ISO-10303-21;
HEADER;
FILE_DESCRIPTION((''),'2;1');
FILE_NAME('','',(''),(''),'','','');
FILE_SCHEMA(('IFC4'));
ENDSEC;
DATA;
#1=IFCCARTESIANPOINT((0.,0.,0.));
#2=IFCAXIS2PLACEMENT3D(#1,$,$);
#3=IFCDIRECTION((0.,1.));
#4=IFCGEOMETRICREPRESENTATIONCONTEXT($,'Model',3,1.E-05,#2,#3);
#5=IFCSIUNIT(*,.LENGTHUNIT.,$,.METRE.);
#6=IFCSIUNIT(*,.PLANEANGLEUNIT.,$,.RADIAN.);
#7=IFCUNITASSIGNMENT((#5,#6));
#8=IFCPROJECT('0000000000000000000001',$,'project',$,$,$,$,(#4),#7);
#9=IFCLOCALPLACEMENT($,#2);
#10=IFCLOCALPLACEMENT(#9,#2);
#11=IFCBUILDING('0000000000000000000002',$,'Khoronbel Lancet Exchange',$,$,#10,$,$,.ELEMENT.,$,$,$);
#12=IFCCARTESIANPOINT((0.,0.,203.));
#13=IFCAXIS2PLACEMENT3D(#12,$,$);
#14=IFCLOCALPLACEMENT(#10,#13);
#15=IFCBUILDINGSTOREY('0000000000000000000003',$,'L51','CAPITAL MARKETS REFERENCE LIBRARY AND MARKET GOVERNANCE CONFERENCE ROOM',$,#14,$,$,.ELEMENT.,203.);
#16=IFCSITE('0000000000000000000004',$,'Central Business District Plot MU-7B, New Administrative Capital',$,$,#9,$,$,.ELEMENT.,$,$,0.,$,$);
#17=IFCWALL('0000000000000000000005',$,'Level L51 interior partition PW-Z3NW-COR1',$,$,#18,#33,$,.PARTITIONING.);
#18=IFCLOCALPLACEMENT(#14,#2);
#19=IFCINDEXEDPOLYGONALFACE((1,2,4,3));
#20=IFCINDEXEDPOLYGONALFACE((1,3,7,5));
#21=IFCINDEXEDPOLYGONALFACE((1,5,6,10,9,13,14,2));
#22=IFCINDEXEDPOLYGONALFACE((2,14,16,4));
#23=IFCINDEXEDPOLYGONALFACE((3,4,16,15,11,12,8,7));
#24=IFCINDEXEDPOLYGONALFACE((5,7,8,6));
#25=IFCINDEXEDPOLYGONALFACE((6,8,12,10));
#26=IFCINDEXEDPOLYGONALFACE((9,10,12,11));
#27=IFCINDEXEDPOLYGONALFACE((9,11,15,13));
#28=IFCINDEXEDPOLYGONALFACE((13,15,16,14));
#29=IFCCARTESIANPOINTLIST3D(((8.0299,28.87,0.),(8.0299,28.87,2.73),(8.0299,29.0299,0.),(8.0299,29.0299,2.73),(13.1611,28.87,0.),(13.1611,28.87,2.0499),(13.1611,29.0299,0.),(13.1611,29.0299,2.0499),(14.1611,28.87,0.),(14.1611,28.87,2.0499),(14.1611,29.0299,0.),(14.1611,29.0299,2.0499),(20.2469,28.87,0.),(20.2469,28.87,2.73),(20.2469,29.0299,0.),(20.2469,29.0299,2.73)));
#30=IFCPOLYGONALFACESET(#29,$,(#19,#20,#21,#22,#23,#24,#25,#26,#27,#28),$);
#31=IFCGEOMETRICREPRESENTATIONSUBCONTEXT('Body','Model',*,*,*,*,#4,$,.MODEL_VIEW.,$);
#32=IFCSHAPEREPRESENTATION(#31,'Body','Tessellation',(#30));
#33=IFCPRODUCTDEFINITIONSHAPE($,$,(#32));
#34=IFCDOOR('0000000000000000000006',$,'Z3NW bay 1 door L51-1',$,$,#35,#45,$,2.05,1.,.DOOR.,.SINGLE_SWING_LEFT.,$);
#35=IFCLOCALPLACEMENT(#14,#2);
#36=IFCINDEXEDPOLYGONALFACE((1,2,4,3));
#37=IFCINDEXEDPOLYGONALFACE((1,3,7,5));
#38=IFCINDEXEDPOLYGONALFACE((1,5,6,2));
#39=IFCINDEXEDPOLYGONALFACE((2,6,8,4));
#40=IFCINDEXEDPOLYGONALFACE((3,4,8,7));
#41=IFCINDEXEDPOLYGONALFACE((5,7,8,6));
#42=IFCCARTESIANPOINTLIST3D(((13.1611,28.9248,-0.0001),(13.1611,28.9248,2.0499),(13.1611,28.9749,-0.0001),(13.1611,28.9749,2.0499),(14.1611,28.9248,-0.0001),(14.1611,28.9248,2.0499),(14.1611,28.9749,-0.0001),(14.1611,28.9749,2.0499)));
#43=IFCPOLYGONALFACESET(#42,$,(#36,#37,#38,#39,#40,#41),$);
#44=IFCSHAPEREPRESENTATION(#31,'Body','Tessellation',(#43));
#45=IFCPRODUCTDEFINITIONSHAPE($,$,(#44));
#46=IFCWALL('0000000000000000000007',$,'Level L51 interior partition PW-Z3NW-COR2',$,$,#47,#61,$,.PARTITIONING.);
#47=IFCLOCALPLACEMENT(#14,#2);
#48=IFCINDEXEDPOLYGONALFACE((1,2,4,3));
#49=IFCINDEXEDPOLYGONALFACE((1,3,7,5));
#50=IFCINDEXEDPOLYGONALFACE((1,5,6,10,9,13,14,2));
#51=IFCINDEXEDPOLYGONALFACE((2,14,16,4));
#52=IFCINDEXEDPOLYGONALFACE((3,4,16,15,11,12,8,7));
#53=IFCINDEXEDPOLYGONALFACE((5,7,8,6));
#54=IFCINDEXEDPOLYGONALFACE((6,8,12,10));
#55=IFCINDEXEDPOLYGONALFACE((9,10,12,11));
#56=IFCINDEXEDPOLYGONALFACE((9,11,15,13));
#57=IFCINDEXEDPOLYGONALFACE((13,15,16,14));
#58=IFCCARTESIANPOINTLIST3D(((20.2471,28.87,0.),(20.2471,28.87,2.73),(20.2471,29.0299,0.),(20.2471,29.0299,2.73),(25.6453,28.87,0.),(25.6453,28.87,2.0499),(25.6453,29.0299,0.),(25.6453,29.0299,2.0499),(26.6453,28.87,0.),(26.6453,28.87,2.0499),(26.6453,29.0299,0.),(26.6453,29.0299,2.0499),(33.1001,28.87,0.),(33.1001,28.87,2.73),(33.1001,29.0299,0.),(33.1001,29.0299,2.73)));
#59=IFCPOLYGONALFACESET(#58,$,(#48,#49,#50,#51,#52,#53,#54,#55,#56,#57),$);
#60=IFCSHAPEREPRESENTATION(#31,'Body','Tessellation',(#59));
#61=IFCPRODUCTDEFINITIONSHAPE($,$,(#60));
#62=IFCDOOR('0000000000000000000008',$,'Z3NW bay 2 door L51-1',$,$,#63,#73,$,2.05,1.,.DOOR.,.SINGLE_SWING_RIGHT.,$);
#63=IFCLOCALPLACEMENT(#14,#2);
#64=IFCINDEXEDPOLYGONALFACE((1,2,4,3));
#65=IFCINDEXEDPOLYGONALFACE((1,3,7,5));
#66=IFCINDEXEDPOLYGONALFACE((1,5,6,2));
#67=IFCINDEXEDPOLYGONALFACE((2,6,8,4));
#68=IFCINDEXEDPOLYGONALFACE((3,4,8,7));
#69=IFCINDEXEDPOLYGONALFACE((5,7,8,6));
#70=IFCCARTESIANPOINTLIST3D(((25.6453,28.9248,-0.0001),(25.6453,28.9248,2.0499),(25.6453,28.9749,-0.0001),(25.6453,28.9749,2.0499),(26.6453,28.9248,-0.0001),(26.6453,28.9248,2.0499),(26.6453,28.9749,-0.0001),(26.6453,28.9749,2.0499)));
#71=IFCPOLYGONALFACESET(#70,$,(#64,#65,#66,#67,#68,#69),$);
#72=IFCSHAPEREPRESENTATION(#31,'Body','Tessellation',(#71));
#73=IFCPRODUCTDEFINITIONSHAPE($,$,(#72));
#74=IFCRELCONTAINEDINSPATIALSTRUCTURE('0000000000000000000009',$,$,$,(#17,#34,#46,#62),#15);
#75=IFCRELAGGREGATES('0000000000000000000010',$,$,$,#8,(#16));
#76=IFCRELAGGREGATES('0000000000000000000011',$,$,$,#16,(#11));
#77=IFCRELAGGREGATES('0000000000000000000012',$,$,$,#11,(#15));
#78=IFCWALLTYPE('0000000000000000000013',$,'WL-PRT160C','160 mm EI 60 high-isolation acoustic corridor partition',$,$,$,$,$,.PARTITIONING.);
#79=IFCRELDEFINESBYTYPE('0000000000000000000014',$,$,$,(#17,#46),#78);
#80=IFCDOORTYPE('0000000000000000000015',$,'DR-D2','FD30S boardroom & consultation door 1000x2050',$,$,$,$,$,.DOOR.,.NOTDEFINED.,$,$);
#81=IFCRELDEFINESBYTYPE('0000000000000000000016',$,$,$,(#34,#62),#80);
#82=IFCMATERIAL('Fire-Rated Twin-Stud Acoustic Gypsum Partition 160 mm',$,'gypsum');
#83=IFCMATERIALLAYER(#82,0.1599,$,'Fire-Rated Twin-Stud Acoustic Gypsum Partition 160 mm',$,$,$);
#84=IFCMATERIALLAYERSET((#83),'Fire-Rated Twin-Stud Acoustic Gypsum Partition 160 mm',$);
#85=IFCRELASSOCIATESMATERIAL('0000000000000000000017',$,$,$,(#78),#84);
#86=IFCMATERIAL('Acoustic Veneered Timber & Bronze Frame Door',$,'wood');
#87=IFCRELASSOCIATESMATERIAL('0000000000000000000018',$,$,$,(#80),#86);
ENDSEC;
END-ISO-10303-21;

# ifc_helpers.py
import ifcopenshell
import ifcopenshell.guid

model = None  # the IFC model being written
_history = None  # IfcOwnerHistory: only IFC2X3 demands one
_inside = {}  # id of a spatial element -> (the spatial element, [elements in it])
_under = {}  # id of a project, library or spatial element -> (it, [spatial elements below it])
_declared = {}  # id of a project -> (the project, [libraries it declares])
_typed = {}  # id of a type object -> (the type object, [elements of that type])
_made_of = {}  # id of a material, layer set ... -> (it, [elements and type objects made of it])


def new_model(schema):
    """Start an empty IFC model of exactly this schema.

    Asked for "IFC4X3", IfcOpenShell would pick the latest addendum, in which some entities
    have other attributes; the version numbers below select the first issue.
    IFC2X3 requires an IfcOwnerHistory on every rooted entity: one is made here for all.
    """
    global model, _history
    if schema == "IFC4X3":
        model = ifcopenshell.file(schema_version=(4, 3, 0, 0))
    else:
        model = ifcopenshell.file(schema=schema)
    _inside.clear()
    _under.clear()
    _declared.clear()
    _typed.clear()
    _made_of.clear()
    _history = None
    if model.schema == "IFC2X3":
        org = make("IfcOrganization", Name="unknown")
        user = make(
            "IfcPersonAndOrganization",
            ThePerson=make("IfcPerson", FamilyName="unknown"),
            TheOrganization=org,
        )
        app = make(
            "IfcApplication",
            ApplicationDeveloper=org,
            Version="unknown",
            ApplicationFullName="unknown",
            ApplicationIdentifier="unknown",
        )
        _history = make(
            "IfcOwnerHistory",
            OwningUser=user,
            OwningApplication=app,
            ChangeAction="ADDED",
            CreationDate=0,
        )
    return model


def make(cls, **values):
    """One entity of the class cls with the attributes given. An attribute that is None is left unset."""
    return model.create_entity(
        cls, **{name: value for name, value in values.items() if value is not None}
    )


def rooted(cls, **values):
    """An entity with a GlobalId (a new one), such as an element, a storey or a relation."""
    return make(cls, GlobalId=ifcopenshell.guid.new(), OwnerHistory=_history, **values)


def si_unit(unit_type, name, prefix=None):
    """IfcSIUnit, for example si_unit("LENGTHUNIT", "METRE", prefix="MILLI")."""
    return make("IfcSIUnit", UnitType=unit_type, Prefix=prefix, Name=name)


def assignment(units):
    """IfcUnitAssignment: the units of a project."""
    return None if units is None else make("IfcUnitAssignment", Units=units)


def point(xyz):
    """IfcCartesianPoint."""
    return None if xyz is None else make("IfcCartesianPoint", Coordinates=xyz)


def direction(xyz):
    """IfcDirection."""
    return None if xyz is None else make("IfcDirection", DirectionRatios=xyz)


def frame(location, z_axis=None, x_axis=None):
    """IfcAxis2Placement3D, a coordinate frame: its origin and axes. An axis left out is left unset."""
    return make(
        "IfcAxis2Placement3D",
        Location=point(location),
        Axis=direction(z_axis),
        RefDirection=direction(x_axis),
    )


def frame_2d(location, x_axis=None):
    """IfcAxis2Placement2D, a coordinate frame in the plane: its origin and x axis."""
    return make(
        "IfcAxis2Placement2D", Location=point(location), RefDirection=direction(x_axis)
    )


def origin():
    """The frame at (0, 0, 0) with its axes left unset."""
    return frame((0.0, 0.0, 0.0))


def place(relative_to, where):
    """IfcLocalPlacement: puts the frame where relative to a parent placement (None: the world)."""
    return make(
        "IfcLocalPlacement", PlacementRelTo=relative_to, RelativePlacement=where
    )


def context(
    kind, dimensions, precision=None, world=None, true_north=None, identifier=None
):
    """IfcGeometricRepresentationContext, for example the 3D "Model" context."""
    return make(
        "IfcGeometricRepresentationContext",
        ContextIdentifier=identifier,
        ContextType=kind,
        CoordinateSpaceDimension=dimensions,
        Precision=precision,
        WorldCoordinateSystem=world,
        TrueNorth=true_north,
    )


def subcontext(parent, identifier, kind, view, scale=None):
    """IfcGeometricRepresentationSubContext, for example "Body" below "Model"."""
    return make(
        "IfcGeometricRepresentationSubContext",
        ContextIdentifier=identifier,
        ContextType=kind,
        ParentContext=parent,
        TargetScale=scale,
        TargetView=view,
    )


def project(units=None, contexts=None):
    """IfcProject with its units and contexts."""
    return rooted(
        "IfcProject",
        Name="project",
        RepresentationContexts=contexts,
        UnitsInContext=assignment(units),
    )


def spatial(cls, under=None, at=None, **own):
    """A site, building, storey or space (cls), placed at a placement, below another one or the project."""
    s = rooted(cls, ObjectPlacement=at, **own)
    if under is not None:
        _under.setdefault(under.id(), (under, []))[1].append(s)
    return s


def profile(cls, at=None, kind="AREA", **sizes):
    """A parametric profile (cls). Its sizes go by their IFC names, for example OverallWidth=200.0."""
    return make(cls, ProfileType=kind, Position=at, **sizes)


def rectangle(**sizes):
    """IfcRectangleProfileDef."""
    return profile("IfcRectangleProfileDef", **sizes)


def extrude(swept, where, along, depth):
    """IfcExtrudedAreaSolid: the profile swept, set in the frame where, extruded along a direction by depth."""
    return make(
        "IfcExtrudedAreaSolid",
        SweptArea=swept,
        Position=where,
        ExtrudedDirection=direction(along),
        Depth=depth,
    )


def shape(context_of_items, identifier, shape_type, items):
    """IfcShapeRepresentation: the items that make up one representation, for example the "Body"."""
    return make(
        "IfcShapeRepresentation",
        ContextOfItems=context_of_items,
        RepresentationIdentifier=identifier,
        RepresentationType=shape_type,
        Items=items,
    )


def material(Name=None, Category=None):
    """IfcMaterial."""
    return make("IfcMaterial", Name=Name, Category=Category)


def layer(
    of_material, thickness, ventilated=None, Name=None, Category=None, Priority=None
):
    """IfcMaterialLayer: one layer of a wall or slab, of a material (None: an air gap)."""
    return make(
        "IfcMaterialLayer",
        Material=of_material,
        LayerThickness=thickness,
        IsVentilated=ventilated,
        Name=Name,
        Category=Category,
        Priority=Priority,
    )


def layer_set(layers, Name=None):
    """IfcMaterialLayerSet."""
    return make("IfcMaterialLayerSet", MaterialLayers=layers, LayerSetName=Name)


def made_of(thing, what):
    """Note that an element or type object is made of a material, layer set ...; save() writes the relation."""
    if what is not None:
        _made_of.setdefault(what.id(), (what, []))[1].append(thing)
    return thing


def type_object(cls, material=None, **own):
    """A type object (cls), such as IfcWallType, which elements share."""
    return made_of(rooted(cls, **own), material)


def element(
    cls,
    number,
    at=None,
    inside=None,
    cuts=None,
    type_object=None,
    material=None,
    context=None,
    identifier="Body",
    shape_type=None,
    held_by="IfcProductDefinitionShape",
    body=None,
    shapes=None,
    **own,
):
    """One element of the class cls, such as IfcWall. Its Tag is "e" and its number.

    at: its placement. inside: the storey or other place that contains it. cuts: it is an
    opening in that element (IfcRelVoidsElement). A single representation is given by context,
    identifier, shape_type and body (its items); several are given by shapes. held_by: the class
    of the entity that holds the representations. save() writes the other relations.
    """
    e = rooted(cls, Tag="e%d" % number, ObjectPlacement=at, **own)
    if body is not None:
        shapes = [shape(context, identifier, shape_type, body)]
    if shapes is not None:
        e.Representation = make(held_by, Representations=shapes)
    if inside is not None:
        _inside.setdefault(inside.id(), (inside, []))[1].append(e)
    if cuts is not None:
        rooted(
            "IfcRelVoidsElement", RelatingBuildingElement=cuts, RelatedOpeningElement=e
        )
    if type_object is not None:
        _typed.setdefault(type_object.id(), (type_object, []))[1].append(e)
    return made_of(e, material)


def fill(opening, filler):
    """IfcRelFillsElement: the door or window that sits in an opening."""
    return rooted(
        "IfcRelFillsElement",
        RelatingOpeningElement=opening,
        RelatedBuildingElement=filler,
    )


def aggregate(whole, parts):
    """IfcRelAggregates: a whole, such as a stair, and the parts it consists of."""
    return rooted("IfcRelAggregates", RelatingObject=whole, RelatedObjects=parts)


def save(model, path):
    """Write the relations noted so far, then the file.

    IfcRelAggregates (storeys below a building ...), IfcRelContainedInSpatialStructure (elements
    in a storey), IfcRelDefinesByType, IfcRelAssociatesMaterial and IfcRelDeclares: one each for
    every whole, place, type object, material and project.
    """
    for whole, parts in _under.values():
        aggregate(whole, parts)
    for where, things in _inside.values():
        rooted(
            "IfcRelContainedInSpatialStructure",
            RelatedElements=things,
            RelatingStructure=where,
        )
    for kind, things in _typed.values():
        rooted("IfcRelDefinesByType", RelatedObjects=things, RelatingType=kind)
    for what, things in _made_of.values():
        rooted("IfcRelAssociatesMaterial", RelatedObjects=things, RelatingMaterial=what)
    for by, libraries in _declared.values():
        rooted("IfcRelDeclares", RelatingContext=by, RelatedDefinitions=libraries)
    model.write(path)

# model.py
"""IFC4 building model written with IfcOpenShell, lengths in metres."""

from ifc_helpers import new_model, si_unit, direction, frame, frame_2d, origin, place, context, subcontext, project, spatial, rectangle, extrude, material, layer, layer_set, type_object, element, fill, save


model = new_model("IFC4")

# Units and contexts
model_context = context("Model", 3, precision=1e-05, world=origin(), true_north=direction((0.0, 1.0)))
body_context = subcontext(model_context, "Body", "Model", "MODEL_VIEW")
ifc_project = project(units=[si_unit("LENGTHUNIT", "METRE"), si_unit("PLANEANGLEUNIT", "RADIAN")], contexts=[model_context])

# Site, building, storey
site_placement = place(None, origin())
site = spatial("IfcSite", under=ifc_project, at=site_placement, Name="Central Business District Plot MU-7B, New Administrative Capital", CompositionType="ELEMENT", RefElevation=0.0)
building_placement = place(site_placement, origin())
building = spatial("IfcBuilding", under=site, at=building_placement, Name="Khoronbel Lancet Exchange", CompositionType="ELEMENT")
storey_placement = place(building_placement, frame((0.0, 0.0, 203.0)))
storey = spatial("IfcBuildingStorey", under=building, at=storey_placement, Name="L51", Description="CAPITAL MARKETS REFERENCE LIBRARY AND MARKET GOVERNANCE CONFERENCE ROOM", CompositionType="ELEMENT", Elevation=203.0)

# Walls, openings, doors
ifc_material_1 = material(Name="Fire-Rated Twin-Stud Acoustic Gypsum Partition 160 mm", Category="gypsum")
ifc_layer_1 = layer(ifc_material_1, 0.1599, Name="Fire-Rated Twin-Stud Acoustic Gypsum Partition 160 mm")
ifc_layer_set_1 = layer_set([ifc_layer_1], Name="Fire-Rated Twin-Stud Acoustic Gypsum Partition 160 mm")
wall_type_1 = type_object("IfcWallType", Name="WL-PRT160C", Description="160 mm EI 60 high-isolation acoustic corridor partition", PredefinedType="PARTITIONING", material=ifc_layer_set_1)
ifc_material_2 = material(Name="Acoustic Veneered Timber & Bronze Frame Door", Category="wood")
door_type_1 = type_object("IfcDoorType", Name="DR-D2", Description="FD30S boardroom & consultation door 1000x2050", OperationType="NOTDEFINED", PredefinedType="DOOR", material=ifc_material_2)
wall_1_placement = place(storey_placement, frame((8.03, 28.95, 0.0), z_axis=(0.0, 0.0, 1.0), x_axis=(1.0, 0.0, 0.0)))
wall_1 = element("IfcWall", 1, at=wall_1_placement, inside=storey, type_object=wall_type_1, Name="Level L51 interior partition PW-Z3NW-COR1", PredefinedType="PARTITIONING", context=body_context, shape_type="SweptSolid", body=[
    extrude(rectangle(XDim=12.217, YDim=0.1599, at=frame_2d((6.1084, 0.0))), origin(), (0.0, 0.0, 1.0), 2.73),
])
opening_1_placement = place(wall_1_placement, frame((5.1311, 0.0, 0.0)))
opening_1 = element("IfcOpeningElement", 2, at=opening_1_placement, cuts=wall_1, PredefinedType="OPENING", context=body_context, shape_type="SweptSolid", body=[
    extrude(rectangle(XDim=1.0, YDim=2.05, at=frame_2d((0.5, 1.0249))), frame((0.0, 0.0898, 0.0), z_axis=(0.0, -1.0, 0.0), x_axis=(1.0, 0.0, 0.0)), (0.0, 0.0, 1.0), 0.1799),
])
door_1_placement = place(opening_1_placement, origin())
door_1 = element("IfcDoor", 3, at=door_1_placement, inside=storey, type_object=door_type_1, Name="Z3NW bay 1 door L51-1", OperationType="SINGLE_SWING_LEFT", OverallHeight=2.05, OverallWidth=1.0, PredefinedType="DOOR", context=body_context, shape_type="SweptSolid", body=[
    extrude(rectangle(XDim=1.0, YDim=2.05, at=frame_2d((0.5, 1.0249))), frame((0.0, 0.0249, 0.0), z_axis=(0.0, -1.0, 0.0), x_axis=(1.0, 0.0, 0.0)), (0.0, 0.0, 1.0), 0.05),
])
fill(opening_1, door_1)
wall_2_placement = place(storey_placement, frame((20.2471, 28.95, 0.0), z_axis=(0.0, 0.0, 1.0), x_axis=(1.0, 0.0, 0.0)))
wall_2 = element("IfcWall", 4, at=wall_2_placement, inside=storey, type_object=wall_type_1, Name="Level L51 interior partition PW-Z3NW-COR2", PredefinedType="PARTITIONING", context=body_context, shape_type="SweptSolid", body=[
    extrude(rectangle(XDim=12.853, YDim=0.1599, at=frame_2d((6.4265, 0.0))), origin(), (0.0, 0.0, 1.0), 2.73),
])
opening_2_placement = place(wall_2_placement, frame((5.3982, 0.0, 0.0)))
opening_2 = element("IfcOpeningElement", 5, at=opening_2_placement, cuts=wall_2, PredefinedType="OPENING", context=body_context, shape_type="SweptSolid", body=[
    extrude(rectangle(XDim=1.0, YDim=2.05, at=frame_2d((0.5, 1.0249))), frame((0.0, 0.0898, 0.0), z_axis=(0.0, -1.0, 0.0), x_axis=(1.0, 0.0, 0.0)), (0.0, 0.0, 1.0), 0.1799),
])
door_2_placement = place(opening_2_placement, origin())
door_2 = element("IfcDoor", 6, at=door_2_placement, inside=storey, type_object=door_type_1, Name="Z3NW bay 2 door L51-1", OperationType="SINGLE_SWING_RIGHT", OverallHeight=2.05, OverallWidth=1.0, PredefinedType="DOOR", context=body_context, shape_type="SweptSolid", body=[
    extrude(rectangle(XDim=1.0, YDim=2.05, at=frame_2d((0.5, 1.0249))), frame((0.0, 0.0249, 0.0), z_axis=(0.0, -1.0, 0.0), x_axis=(1.0, 0.0, 0.0)), (0.0, 0.0, 1.0), 0.05),
])
fill(opening_2, door_2)

save(model, "model.ifc")
